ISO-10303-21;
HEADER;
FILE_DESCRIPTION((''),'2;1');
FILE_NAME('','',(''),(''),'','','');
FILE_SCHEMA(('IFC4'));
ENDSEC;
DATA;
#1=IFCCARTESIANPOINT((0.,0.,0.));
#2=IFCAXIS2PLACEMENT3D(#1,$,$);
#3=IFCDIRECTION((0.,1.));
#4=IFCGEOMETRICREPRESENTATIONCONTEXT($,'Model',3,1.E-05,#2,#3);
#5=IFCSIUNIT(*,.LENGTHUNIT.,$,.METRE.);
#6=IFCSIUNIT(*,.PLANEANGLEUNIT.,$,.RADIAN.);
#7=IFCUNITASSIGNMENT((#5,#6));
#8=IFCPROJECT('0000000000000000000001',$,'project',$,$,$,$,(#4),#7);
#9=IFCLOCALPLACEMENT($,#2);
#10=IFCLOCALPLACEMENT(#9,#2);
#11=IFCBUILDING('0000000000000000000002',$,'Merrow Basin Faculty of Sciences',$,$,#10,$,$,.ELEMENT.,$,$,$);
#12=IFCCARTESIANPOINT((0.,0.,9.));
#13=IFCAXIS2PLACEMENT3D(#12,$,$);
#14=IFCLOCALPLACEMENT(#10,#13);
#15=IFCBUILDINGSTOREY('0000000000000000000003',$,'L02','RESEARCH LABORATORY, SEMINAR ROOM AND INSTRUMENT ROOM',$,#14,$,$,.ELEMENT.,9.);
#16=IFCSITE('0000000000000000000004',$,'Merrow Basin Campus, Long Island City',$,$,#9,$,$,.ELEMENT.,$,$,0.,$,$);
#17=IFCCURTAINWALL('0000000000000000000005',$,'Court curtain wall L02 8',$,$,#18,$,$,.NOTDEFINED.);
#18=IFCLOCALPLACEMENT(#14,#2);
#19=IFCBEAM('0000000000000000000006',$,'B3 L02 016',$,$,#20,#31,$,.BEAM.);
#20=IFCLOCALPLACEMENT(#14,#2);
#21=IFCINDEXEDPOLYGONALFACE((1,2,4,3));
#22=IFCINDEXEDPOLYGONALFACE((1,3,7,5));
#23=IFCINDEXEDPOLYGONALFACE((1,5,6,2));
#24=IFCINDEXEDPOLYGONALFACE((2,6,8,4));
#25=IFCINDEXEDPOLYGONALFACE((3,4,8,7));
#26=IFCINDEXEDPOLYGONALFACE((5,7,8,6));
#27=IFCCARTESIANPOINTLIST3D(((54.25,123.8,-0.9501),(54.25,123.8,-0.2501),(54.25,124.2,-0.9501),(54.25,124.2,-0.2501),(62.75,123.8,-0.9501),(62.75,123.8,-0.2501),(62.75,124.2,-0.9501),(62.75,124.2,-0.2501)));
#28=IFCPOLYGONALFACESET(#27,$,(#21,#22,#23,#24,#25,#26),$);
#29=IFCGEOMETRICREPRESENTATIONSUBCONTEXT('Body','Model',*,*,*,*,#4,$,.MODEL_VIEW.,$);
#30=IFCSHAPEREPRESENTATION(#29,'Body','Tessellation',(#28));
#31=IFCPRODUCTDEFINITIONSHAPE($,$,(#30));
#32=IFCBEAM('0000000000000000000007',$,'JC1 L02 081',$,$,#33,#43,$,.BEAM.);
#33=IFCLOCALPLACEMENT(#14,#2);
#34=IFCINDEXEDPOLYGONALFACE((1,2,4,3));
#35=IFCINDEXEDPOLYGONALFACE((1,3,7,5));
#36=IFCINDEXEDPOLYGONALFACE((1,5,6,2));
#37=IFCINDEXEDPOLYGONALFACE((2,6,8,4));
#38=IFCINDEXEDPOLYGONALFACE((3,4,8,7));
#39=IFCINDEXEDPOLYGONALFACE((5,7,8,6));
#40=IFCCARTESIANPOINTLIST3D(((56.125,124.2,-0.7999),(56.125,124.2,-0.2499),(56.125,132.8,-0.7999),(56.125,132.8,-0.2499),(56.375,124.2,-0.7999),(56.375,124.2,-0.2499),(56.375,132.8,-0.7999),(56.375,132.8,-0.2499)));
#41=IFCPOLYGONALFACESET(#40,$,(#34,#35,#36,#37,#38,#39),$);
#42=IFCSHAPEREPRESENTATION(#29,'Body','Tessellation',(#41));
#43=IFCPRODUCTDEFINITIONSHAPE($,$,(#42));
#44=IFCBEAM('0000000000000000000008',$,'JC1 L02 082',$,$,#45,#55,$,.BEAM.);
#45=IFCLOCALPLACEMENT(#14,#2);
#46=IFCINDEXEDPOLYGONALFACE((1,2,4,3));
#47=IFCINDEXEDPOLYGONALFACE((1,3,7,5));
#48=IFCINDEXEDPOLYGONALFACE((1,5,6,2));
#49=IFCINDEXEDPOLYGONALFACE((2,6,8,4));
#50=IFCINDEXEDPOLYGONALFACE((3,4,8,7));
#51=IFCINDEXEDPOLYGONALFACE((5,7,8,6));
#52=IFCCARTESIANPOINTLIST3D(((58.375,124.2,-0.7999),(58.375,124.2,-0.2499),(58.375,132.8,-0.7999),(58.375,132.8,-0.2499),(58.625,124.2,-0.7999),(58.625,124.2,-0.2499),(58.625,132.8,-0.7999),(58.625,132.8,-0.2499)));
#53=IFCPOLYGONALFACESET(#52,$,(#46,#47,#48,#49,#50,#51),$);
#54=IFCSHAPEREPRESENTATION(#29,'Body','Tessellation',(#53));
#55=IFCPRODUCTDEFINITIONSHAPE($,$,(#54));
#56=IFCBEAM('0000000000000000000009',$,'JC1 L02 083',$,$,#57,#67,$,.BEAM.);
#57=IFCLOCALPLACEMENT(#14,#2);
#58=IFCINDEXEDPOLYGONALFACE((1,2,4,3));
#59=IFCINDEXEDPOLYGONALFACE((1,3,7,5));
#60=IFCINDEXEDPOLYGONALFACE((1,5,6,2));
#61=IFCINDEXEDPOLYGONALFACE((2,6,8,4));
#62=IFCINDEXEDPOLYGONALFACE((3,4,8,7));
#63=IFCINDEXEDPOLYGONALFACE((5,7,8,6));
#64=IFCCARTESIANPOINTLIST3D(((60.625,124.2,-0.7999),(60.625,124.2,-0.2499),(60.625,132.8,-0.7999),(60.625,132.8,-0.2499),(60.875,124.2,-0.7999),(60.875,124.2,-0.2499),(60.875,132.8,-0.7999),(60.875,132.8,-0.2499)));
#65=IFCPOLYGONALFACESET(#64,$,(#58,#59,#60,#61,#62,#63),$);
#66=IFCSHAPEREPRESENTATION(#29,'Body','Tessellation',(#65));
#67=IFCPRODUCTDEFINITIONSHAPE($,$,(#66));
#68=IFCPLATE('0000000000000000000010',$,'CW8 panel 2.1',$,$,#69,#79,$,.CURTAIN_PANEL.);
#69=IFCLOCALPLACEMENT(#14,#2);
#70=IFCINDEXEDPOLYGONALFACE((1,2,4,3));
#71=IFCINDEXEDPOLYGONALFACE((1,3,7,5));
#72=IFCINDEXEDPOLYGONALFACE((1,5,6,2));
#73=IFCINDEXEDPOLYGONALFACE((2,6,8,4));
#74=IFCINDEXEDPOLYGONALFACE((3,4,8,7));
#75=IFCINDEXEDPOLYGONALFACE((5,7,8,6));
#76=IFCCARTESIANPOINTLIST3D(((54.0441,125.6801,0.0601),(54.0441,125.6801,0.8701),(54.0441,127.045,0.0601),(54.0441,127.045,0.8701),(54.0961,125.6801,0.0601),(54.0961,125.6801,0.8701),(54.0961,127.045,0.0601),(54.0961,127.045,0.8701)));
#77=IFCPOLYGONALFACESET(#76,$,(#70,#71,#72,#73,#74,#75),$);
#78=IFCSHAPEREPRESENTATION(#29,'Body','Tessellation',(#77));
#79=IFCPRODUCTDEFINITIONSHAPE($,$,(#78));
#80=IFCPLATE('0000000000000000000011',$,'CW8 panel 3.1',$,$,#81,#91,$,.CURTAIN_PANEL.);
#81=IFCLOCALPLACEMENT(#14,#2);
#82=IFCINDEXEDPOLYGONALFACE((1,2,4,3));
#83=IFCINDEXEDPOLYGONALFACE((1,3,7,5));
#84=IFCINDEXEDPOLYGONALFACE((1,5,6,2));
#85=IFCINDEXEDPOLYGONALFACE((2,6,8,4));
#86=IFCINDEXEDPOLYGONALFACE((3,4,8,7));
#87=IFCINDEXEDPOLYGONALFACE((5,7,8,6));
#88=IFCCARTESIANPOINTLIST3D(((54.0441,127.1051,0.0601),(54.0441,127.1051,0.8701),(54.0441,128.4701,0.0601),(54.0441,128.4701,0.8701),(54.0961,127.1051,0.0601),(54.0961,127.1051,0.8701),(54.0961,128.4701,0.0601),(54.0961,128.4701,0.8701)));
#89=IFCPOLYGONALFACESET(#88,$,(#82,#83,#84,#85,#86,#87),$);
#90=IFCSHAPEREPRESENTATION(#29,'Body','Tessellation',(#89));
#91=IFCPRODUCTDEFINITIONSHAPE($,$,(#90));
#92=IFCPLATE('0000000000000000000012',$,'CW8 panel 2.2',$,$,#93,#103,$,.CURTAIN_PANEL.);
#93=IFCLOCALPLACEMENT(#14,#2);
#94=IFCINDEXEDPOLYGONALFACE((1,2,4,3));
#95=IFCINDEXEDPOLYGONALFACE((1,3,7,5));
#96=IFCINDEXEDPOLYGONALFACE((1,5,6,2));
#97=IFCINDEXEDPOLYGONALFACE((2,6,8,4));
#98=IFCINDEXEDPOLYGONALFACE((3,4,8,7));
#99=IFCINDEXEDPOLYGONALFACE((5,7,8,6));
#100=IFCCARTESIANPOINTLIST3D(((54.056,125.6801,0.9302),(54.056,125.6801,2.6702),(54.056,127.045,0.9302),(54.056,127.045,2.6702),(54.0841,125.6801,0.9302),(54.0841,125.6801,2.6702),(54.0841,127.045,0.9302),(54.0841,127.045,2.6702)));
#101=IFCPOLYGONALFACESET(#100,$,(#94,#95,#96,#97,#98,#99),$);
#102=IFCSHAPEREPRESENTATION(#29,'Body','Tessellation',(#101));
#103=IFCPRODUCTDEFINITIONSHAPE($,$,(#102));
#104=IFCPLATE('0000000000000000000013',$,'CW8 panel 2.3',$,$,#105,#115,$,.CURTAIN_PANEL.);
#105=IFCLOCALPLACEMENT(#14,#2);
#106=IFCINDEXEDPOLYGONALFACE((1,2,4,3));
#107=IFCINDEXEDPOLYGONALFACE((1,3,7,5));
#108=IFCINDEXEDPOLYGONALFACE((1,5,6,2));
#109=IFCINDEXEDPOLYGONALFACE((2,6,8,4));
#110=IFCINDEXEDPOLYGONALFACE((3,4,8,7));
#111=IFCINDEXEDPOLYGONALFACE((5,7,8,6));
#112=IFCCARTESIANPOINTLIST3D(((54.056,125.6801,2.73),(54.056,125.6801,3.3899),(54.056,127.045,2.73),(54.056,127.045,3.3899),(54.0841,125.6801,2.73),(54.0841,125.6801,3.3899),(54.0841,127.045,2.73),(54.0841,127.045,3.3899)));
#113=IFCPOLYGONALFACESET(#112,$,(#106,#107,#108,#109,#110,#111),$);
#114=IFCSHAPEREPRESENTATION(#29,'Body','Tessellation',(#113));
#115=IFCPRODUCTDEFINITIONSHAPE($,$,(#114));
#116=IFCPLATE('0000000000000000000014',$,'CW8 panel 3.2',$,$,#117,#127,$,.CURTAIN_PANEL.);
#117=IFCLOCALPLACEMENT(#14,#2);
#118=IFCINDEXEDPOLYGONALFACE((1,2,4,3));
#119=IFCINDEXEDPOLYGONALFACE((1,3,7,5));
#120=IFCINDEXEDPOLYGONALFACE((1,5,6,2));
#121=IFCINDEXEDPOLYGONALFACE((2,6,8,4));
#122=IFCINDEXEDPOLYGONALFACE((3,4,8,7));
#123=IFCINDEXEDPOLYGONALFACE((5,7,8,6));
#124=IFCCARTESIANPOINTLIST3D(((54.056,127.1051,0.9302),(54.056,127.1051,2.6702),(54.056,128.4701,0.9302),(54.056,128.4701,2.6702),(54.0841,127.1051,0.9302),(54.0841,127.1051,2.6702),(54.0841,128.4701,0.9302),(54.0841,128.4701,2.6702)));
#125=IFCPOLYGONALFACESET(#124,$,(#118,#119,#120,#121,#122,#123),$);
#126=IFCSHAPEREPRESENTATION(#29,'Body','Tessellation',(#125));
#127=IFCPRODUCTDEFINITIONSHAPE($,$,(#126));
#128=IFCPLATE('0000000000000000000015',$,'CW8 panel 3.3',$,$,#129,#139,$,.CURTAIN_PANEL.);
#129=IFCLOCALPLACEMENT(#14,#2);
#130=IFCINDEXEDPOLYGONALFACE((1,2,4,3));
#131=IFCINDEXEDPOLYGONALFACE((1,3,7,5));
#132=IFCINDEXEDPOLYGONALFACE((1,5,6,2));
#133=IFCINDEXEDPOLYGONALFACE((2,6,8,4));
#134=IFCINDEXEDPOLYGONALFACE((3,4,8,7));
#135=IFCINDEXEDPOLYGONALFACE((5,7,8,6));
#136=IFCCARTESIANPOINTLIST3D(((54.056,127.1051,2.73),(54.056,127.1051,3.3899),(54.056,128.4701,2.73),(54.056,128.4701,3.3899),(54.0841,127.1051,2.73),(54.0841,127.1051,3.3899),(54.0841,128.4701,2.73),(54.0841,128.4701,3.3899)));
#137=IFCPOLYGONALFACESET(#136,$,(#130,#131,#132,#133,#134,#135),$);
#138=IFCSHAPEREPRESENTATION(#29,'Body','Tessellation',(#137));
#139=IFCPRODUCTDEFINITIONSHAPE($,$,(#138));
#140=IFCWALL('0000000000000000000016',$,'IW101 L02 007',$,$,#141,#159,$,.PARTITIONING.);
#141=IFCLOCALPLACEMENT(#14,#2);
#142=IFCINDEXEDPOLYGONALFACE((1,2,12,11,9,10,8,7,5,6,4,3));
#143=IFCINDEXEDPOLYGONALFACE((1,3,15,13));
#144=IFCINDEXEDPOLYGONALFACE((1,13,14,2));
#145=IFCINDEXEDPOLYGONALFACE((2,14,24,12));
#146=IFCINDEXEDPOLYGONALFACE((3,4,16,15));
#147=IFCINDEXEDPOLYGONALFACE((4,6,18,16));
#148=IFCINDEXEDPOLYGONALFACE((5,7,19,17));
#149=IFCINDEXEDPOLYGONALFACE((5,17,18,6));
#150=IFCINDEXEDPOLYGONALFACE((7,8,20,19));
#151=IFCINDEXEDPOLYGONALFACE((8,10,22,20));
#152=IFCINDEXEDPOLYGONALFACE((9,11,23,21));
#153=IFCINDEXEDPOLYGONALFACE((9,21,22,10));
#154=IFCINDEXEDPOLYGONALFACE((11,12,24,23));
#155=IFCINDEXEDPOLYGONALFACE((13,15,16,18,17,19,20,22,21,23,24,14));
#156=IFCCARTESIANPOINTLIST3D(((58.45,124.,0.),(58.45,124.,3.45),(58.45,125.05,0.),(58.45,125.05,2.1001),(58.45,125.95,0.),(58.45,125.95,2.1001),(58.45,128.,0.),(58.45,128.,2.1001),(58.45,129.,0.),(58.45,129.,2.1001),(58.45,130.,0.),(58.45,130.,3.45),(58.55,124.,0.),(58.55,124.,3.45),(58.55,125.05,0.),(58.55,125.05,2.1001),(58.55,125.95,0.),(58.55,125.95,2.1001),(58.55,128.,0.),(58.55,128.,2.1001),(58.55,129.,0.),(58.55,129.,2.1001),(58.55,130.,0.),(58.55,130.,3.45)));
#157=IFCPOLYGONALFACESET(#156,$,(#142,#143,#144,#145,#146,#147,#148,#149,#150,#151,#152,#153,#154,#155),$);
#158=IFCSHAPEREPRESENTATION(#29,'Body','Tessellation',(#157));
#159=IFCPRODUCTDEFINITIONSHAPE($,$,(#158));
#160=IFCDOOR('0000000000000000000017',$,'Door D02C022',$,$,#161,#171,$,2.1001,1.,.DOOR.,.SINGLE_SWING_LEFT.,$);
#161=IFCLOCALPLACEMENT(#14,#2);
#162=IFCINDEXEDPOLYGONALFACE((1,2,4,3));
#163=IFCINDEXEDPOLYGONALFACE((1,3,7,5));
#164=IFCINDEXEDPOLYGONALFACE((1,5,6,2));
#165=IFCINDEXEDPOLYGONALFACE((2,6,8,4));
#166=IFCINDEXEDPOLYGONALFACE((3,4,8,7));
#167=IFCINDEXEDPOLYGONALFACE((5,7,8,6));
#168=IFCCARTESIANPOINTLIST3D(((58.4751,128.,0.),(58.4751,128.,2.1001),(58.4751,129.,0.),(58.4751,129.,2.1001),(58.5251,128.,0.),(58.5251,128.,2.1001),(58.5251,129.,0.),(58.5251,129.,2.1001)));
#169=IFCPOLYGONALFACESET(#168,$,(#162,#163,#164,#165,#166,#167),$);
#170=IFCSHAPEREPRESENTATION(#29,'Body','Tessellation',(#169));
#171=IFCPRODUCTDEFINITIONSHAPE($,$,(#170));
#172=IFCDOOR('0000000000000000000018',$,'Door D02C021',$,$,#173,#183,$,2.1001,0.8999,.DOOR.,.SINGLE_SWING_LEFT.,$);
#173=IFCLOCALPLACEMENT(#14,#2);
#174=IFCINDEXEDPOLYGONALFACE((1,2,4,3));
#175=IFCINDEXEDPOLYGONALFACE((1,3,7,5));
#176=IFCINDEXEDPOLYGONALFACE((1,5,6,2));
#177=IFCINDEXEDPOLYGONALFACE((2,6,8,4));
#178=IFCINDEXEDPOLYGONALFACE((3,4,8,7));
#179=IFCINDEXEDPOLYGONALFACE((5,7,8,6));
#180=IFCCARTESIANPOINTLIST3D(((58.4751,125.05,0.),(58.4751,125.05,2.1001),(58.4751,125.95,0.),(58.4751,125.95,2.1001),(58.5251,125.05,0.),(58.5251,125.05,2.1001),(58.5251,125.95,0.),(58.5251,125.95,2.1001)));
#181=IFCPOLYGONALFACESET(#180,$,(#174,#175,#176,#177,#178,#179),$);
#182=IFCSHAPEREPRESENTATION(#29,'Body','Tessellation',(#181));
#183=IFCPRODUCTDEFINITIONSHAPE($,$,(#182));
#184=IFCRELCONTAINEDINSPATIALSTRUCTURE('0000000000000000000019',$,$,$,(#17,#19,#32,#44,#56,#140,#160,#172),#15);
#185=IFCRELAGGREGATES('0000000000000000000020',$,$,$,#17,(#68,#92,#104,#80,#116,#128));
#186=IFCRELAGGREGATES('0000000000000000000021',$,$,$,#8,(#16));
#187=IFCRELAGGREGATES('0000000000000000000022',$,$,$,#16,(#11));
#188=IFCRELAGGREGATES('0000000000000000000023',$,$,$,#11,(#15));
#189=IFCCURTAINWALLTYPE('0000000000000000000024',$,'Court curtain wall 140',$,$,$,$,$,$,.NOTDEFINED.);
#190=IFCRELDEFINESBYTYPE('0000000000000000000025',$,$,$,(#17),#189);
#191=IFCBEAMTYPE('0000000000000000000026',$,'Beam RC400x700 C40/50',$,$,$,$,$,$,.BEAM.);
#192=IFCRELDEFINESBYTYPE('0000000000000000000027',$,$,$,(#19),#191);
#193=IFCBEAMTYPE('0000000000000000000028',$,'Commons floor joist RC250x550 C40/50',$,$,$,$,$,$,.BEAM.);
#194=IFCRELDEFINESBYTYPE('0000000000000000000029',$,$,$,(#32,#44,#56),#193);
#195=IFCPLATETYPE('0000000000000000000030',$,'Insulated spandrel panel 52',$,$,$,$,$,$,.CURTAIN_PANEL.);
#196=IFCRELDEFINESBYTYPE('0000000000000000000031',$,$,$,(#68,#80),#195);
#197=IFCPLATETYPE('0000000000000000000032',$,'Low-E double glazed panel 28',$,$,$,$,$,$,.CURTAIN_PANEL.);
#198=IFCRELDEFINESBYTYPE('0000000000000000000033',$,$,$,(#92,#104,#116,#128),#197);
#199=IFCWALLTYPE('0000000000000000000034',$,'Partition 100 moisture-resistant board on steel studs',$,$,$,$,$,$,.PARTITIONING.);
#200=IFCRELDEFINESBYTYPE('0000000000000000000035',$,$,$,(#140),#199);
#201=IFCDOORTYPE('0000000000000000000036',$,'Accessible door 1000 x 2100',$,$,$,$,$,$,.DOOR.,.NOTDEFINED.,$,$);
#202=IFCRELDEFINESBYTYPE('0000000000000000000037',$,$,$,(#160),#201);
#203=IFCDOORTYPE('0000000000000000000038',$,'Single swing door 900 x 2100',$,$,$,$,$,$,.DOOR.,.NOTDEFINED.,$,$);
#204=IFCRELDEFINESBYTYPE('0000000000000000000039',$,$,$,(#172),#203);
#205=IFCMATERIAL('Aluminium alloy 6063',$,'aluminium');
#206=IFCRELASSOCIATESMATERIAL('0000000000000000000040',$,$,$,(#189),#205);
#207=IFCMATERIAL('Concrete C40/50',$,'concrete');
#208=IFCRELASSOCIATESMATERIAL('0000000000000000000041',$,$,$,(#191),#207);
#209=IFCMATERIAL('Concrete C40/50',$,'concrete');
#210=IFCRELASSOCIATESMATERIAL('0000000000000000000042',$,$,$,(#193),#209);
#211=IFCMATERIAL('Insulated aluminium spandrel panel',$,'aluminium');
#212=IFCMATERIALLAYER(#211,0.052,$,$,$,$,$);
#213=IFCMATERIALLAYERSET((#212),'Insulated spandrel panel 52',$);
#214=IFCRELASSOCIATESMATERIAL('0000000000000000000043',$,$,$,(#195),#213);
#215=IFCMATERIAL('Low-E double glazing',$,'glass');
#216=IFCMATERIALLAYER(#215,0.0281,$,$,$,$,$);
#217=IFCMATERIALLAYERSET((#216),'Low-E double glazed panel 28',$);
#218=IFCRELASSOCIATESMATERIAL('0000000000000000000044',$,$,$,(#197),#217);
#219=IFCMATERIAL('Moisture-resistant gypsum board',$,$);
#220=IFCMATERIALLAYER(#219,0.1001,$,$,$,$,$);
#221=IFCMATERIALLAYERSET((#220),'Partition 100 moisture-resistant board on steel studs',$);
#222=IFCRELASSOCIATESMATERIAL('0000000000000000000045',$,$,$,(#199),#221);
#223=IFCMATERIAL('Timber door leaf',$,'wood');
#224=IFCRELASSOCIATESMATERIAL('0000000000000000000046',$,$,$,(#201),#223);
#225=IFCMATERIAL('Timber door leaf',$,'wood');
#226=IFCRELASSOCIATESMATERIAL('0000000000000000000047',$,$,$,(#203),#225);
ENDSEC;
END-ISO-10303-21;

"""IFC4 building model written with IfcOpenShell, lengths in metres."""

from ifc_helpers import new_model, si_unit, direction, frame, frame_2d, origin, origin_2d, place, context, subcontext, project, spatial, rectangle, extrude, material, layer, layer_set, material_profile, profile_set, type_object, element, fill, aggregate, save


model = new_model("IFC4")

# Units and contexts
model_context = context("Model", 3, precision=1e-05, world=origin(), true_north=direction((0.0, 1.0)))
body_context = subcontext(model_context, "Body", "Model", "MODEL_VIEW")
ifc_project = project(units=[si_unit("LENGTHUNIT", "METRE"), si_unit("PLANEANGLEUNIT", "RADIAN")], contexts=[model_context])

# Site, building, storey
site_placement = place(None, origin())
site = spatial("IfcSite", under=ifc_project, at=site_placement, Name="Merrow Basin Campus, Long Island City", CompositionType="ELEMENT", RefElevation=0.0)
building_placement = place(site_placement, origin())
building = spatial("IfcBuilding", under=site, at=building_placement, Name="Merrow Basin Faculty of Sciences", CompositionType="ELEMENT")
storey_placement = place(building_placement, frame((0.0, 0.0, 9.0)))
storey = spatial("IfcBuildingStorey", under=building, at=storey_placement, Name="L02", Description="RESEARCH LABORATORY, SEMINAR ROOM AND INSTRUMENT ROOM", CompositionType="ELEMENT", Elevation=9.0)

# Curtain wall
ifc_material_1 = material(Name="Aluminium alloy 6063", Category="aluminium")
curtain_wall_type = type_object("IfcCurtainWallType", Name="Court curtain wall 140", PredefinedType="NOTDEFINED", material=ifc_material_1)
curtain_wall_placement = place(storey_placement, origin())
curtain_wall = element("IfcCurtainWall", 1, at=curtain_wall_placement, inside=storey, type_object=curtain_wall_type, Name="Court curtain wall L02 8", PredefinedType="NOTDEFINED")

# Beams
ifc_material_2 = material(Name="Concrete C40/50", Category="concrete")
ifc_material_profile_1 = material_profile(ifc_material_2, rectangle(XDim=0.3999, YDim=0.7, at=origin_2d()))
ifc_profile_set_1 = profile_set([ifc_material_profile_1], Name="Concrete C40/50")
beam_type_1 = type_object("IfcBeamType", Name="Beam RC400x700 C40/50", PredefinedType="BEAM", material=ifc_profile_set_1)
beam_placement = place(storey_placement, frame((54.25, 124.0, -0.6001), z_axis=(1.0, 0.0, 0.0), x_axis=(0.0, 1.0, 0.0)))
element("IfcBeam", 2, at=beam_placement, inside=storey, type_object=beam_type_1, Name="B3 L02 016", PredefinedType="BEAM", context=body_context, shape_type="SweptSolid", body=[
    extrude(rectangle(XDim=0.3999, YDim=0.7, at=origin_2d()), origin(), (0.0, 0.0, 1.0), 8.5),
])
ifc_material_3 = material(Name="Concrete C40/50", Category="concrete")
ifc_material_profile_2 = material_profile(ifc_material_3, rectangle(XDim=0.25, YDim=0.55, at=origin_2d()))
ifc_profile_set_2 = profile_set([ifc_material_profile_2], Name="Concrete C40/50")
beam_type_2 = type_object("IfcBeamType", Name="Commons floor joist RC250x550 C40/50", PredefinedType="BEAM", material=ifc_profile_set_2)
for number, where, z_axis, x_axis, name in (
    (3, (56.25, 124.2, -0.5249), (0.0, 1.0, 0.0), (-1.0, 0.0, 0.0), "JC1 L02 081"),
    (4, (58.5, 124.2, -0.5249), (0.0, 1.0, 0.0), (-1.0, 0.0, 0.0), "JC1 L02 082"),
    (5, (60.75, 124.2, -0.5249), (0.0, 1.0, 0.0), (-1.0, 0.0, 0.0), "JC1 L02 083"),
):
    element("IfcBeam", number, at=place(storey_placement, frame(where, z_axis=z_axis, x_axis=x_axis)), inside=storey, type_object=beam_type_2, Name=name, PredefinedType="BEAM", context=body_context, shape_type="SweptSolid", body=[
        extrude(rectangle(XDim=0.25, YDim=0.55, at=origin_2d()), origin(), (0.0, 0.0, 1.0), 8.6001),
    ])

# Plates
ifc_material_4 = material(Name="Insulated aluminium spandrel panel", Category="aluminium")
ifc_layer_1 = layer(ifc_material_4, 0.052)
ifc_layer_set_1 = layer_set([ifc_layer_1], Name="Insulated spandrel panel 52")
plate_type_1 = type_object("IfcPlateType", Name="Insulated spandrel panel 52", PredefinedType="CURTAIN_PANEL", material=ifc_layer_set_1)
plate_1_placement = place(storey_placement, frame((54.0701, 126.3625, 0.0601), z_axis=(0.0, 0.0, 1.0), x_axis=(0.0, 1.0, 0.0)))
plate_1 = element("IfcPlate", 6, at=plate_1_placement, type_object=plate_type_1, Name="CW8 panel 2.1", PredefinedType="CURTAIN_PANEL", context=body_context, shape_type="SweptSolid", body=[
    extrude(rectangle(XDim=1.365, YDim=0.052, at=origin_2d()), origin(), (0.0, 0.0, 1.0), 0.8101),
])
plate_2_placement = place(storey_placement, frame((54.0701, 127.7876, 0.0601), z_axis=(0.0, 0.0, 1.0), x_axis=(0.0, 1.0, 0.0)))
plate_2 = element("IfcPlate", 7, at=plate_2_placement, type_object=plate_type_1, Name="CW8 panel 3.1", PredefinedType="CURTAIN_PANEL", context=body_context, shape_type="SweptSolid", body=[
    extrude(rectangle(XDim=1.365, YDim=0.052, at=origin_2d()), origin(), (0.0, 0.0, 1.0), 0.8101),
])
ifc_material_5 = material(Name="Low-E double glazing", Category="glass")
ifc_layer_2 = layer(ifc_material_5, 0.0281)
ifc_layer_set_2 = layer_set([ifc_layer_2], Name="Low-E double glazed panel 28")
plate_type_2 = type_object("IfcPlateType", Name="Low-E double glazed panel 28", PredefinedType="CURTAIN_PANEL", material=ifc_layer_set_2)
plate_3_placement = place(storey_placement, frame((54.0701, 126.3625, 0.9302), z_axis=(0.0, 0.0, 1.0), x_axis=(0.0, 1.0, 0.0)))
plate_3 = element("IfcPlate", 8, at=plate_3_placement, type_object=plate_type_2, Name="CW8 panel 2.2", PredefinedType="CURTAIN_PANEL", context=body_context, shape_type="SweptSolid", body=[
    extrude(rectangle(XDim=1.365, YDim=0.0281, at=origin_2d()), origin(), (0.0, 0.0, 1.0), 1.74),
])
plate_4_placement = place(storey_placement, frame((54.0701, 126.3625, 2.73), z_axis=(0.0, 0.0, 1.0), x_axis=(0.0, 1.0, 0.0)))
plate_4 = element("IfcPlate", 9, at=plate_4_placement, type_object=plate_type_2, Name="CW8 panel 2.3", PredefinedType="CURTAIN_PANEL", context=body_context, shape_type="SweptSolid", body=[
    extrude(rectangle(XDim=1.365, YDim=0.0281, at=origin_2d()), origin(), (0.0, 0.0, 1.0), 0.6599),
])
plate_5_placement = place(storey_placement, frame((54.0701, 127.7876, 0.9302), z_axis=(0.0, 0.0, 1.0), x_axis=(0.0, 1.0, 0.0)))
plate_5 = element("IfcPlate", 10, at=plate_5_placement, type_object=plate_type_2, Name="CW8 panel 3.2", PredefinedType="CURTAIN_PANEL", context=body_context, shape_type="SweptSolid", body=[
    extrude(rectangle(XDim=1.365, YDim=0.0281, at=origin_2d()), origin(), (0.0, 0.0, 1.0), 1.74),
])
plate_6_placement = place(storey_placement, frame((54.0701, 127.7876, 2.73), z_axis=(0.0, 0.0, 1.0), x_axis=(0.0, 1.0, 0.0)))
plate_6 = element("IfcPlate", 11, at=plate_6_placement, type_object=plate_type_2, Name="CW8 panel 3.3", PredefinedType="CURTAIN_PANEL", context=body_context, shape_type="SweptSolid", body=[
    extrude(rectangle(XDim=1.365, YDim=0.0281, at=origin_2d()), origin(), (0.0, 0.0, 1.0), 0.6599),
])
aggregate(curtain_wall, [plate_1, plate_3, plate_4, plate_2, plate_5, plate_6])

# Wall, openings, doors
ifc_material_6 = material(Name="Moisture-resistant gypsum board")
ifc_layer_3 = layer(ifc_material_6, 0.1001)
ifc_layer_set_3 = layer_set([ifc_layer_3], Name="Partition 100 moisture-resistant board on steel studs")
wall_type = type_object("IfcWallType", Name="Partition 100 moisture-resistant board on steel studs", PredefinedType="PARTITIONING", material=ifc_layer_set_3)
wall_1_placement = place(storey_placement, frame((58.5, 124.0, 0.0), z_axis=(0.0, 0.0, 1.0), x_axis=(0.0, 1.0, 0.0)))
wall_1 = element("IfcWall", 12, at=wall_1_placement, inside=storey, type_object=wall_type, Name="IW101 L02 007", PredefinedType="PARTITIONING", context=body_context, shape_type="SweptSolid", body=[
    extrude(rectangle(XDim=6.0, YDim=0.1001, at=frame_2d((3.0, 0.0))), origin(), (0.0, 0.0, 1.0), 3.45),
])
opening_1_placement = place(wall_1_placement, frame((1.05, 0.0, 0.0)))
opening_1 = element("IfcOpeningElement", 13, at=opening_1_placement, cuts=wall_1, PredefinedType="OPENING", context=body_context, shape_type="SweptSolid", body=[
    extrude(rectangle(XDim=0.8999, YDim=2.1001, at=frame_2d((0.45, 1.05))), frame((0.0, 0.0601, 0.0), z_axis=(0.0, -1.0, 0.0), x_axis=(1.0, 0.0, 0.0)), (0.0, 0.0, 1.0), 0.1201),
])
opening_2_placement = place(wall_1_placement, frame((4.0, 0.0, 0.0)))
opening_2 = element("IfcOpeningElement", 14, at=opening_2_placement, cuts=wall_1, PredefinedType="OPENING", context=body_context, shape_type="SweptSolid", body=[
    extrude(rectangle(XDim=1.0, YDim=2.1001, at=frame_2d((0.5, 1.05))), frame((0.0, 0.0601, 0.0), z_axis=(0.0, -1.0, 0.0), x_axis=(1.0, 0.0, 0.0)), (0.0, 0.0, 1.0), 0.1201),
])
ifc_material_7 = material(Name="Timber door leaf", Category="wood")
door_type_1 = type_object("IfcDoorType", Name="Accessible door 1000 x 2100", OperationType="NOTDEFINED", PredefinedType="DOOR", material=ifc_material_7)
door_1_placement = place(opening_2_placement, origin())
door_1 = element("IfcDoor", 15, at=door_1_placement, inside=storey, type_object=door_type_1, Name="Door D02C022", OperationType="SINGLE_SWING_LEFT", OverallHeight=2.1001, OverallWidth=1.0, PredefinedType="DOOR", context=body_context, shape_type="SweptSolid", body=[
    extrude(rectangle(XDim=1.0, YDim=2.1001, at=frame_2d((0.5, 1.05))), frame((0.0, 0.0249, 0.0), z_axis=(0.0, -1.0, 0.0), x_axis=(1.0, 0.0, 0.0)), (0.0, 0.0, 1.0), 0.05),
])
fill(opening_2, door_1)
ifc_material_8 = material(Name="Timber door leaf", Category="wood")
door_type_2 = type_object("IfcDoorType", Name="Single swing door 900 x 2100", OperationType="NOTDEFINED", PredefinedType="DOOR", material=ifc_material_8)
door_2_placement = place(opening_1_placement, origin())
door_2 = element("IfcDoor", 16, at=door_2_placement, inside=storey, type_object=door_type_2, Name="Door D02C021", OperationType="SINGLE_SWING_LEFT", OverallHeight=2.1001, OverallWidth=0.8999, PredefinedType="DOOR", context=body_context, shape_type="SweptSolid", body=[
    extrude(rectangle(XDim=0.8999, YDim=2.1001, at=frame_2d((0.45, 1.05))), frame((0.0, 0.0249, 0.0), z_axis=(0.0, -1.0, 0.0), x_axis=(1.0, 0.0, 0.0)), (0.0, 0.0, 1.0), 0.05),
])
fill(opening_1, door_2)

save(model, "model.ifc")
